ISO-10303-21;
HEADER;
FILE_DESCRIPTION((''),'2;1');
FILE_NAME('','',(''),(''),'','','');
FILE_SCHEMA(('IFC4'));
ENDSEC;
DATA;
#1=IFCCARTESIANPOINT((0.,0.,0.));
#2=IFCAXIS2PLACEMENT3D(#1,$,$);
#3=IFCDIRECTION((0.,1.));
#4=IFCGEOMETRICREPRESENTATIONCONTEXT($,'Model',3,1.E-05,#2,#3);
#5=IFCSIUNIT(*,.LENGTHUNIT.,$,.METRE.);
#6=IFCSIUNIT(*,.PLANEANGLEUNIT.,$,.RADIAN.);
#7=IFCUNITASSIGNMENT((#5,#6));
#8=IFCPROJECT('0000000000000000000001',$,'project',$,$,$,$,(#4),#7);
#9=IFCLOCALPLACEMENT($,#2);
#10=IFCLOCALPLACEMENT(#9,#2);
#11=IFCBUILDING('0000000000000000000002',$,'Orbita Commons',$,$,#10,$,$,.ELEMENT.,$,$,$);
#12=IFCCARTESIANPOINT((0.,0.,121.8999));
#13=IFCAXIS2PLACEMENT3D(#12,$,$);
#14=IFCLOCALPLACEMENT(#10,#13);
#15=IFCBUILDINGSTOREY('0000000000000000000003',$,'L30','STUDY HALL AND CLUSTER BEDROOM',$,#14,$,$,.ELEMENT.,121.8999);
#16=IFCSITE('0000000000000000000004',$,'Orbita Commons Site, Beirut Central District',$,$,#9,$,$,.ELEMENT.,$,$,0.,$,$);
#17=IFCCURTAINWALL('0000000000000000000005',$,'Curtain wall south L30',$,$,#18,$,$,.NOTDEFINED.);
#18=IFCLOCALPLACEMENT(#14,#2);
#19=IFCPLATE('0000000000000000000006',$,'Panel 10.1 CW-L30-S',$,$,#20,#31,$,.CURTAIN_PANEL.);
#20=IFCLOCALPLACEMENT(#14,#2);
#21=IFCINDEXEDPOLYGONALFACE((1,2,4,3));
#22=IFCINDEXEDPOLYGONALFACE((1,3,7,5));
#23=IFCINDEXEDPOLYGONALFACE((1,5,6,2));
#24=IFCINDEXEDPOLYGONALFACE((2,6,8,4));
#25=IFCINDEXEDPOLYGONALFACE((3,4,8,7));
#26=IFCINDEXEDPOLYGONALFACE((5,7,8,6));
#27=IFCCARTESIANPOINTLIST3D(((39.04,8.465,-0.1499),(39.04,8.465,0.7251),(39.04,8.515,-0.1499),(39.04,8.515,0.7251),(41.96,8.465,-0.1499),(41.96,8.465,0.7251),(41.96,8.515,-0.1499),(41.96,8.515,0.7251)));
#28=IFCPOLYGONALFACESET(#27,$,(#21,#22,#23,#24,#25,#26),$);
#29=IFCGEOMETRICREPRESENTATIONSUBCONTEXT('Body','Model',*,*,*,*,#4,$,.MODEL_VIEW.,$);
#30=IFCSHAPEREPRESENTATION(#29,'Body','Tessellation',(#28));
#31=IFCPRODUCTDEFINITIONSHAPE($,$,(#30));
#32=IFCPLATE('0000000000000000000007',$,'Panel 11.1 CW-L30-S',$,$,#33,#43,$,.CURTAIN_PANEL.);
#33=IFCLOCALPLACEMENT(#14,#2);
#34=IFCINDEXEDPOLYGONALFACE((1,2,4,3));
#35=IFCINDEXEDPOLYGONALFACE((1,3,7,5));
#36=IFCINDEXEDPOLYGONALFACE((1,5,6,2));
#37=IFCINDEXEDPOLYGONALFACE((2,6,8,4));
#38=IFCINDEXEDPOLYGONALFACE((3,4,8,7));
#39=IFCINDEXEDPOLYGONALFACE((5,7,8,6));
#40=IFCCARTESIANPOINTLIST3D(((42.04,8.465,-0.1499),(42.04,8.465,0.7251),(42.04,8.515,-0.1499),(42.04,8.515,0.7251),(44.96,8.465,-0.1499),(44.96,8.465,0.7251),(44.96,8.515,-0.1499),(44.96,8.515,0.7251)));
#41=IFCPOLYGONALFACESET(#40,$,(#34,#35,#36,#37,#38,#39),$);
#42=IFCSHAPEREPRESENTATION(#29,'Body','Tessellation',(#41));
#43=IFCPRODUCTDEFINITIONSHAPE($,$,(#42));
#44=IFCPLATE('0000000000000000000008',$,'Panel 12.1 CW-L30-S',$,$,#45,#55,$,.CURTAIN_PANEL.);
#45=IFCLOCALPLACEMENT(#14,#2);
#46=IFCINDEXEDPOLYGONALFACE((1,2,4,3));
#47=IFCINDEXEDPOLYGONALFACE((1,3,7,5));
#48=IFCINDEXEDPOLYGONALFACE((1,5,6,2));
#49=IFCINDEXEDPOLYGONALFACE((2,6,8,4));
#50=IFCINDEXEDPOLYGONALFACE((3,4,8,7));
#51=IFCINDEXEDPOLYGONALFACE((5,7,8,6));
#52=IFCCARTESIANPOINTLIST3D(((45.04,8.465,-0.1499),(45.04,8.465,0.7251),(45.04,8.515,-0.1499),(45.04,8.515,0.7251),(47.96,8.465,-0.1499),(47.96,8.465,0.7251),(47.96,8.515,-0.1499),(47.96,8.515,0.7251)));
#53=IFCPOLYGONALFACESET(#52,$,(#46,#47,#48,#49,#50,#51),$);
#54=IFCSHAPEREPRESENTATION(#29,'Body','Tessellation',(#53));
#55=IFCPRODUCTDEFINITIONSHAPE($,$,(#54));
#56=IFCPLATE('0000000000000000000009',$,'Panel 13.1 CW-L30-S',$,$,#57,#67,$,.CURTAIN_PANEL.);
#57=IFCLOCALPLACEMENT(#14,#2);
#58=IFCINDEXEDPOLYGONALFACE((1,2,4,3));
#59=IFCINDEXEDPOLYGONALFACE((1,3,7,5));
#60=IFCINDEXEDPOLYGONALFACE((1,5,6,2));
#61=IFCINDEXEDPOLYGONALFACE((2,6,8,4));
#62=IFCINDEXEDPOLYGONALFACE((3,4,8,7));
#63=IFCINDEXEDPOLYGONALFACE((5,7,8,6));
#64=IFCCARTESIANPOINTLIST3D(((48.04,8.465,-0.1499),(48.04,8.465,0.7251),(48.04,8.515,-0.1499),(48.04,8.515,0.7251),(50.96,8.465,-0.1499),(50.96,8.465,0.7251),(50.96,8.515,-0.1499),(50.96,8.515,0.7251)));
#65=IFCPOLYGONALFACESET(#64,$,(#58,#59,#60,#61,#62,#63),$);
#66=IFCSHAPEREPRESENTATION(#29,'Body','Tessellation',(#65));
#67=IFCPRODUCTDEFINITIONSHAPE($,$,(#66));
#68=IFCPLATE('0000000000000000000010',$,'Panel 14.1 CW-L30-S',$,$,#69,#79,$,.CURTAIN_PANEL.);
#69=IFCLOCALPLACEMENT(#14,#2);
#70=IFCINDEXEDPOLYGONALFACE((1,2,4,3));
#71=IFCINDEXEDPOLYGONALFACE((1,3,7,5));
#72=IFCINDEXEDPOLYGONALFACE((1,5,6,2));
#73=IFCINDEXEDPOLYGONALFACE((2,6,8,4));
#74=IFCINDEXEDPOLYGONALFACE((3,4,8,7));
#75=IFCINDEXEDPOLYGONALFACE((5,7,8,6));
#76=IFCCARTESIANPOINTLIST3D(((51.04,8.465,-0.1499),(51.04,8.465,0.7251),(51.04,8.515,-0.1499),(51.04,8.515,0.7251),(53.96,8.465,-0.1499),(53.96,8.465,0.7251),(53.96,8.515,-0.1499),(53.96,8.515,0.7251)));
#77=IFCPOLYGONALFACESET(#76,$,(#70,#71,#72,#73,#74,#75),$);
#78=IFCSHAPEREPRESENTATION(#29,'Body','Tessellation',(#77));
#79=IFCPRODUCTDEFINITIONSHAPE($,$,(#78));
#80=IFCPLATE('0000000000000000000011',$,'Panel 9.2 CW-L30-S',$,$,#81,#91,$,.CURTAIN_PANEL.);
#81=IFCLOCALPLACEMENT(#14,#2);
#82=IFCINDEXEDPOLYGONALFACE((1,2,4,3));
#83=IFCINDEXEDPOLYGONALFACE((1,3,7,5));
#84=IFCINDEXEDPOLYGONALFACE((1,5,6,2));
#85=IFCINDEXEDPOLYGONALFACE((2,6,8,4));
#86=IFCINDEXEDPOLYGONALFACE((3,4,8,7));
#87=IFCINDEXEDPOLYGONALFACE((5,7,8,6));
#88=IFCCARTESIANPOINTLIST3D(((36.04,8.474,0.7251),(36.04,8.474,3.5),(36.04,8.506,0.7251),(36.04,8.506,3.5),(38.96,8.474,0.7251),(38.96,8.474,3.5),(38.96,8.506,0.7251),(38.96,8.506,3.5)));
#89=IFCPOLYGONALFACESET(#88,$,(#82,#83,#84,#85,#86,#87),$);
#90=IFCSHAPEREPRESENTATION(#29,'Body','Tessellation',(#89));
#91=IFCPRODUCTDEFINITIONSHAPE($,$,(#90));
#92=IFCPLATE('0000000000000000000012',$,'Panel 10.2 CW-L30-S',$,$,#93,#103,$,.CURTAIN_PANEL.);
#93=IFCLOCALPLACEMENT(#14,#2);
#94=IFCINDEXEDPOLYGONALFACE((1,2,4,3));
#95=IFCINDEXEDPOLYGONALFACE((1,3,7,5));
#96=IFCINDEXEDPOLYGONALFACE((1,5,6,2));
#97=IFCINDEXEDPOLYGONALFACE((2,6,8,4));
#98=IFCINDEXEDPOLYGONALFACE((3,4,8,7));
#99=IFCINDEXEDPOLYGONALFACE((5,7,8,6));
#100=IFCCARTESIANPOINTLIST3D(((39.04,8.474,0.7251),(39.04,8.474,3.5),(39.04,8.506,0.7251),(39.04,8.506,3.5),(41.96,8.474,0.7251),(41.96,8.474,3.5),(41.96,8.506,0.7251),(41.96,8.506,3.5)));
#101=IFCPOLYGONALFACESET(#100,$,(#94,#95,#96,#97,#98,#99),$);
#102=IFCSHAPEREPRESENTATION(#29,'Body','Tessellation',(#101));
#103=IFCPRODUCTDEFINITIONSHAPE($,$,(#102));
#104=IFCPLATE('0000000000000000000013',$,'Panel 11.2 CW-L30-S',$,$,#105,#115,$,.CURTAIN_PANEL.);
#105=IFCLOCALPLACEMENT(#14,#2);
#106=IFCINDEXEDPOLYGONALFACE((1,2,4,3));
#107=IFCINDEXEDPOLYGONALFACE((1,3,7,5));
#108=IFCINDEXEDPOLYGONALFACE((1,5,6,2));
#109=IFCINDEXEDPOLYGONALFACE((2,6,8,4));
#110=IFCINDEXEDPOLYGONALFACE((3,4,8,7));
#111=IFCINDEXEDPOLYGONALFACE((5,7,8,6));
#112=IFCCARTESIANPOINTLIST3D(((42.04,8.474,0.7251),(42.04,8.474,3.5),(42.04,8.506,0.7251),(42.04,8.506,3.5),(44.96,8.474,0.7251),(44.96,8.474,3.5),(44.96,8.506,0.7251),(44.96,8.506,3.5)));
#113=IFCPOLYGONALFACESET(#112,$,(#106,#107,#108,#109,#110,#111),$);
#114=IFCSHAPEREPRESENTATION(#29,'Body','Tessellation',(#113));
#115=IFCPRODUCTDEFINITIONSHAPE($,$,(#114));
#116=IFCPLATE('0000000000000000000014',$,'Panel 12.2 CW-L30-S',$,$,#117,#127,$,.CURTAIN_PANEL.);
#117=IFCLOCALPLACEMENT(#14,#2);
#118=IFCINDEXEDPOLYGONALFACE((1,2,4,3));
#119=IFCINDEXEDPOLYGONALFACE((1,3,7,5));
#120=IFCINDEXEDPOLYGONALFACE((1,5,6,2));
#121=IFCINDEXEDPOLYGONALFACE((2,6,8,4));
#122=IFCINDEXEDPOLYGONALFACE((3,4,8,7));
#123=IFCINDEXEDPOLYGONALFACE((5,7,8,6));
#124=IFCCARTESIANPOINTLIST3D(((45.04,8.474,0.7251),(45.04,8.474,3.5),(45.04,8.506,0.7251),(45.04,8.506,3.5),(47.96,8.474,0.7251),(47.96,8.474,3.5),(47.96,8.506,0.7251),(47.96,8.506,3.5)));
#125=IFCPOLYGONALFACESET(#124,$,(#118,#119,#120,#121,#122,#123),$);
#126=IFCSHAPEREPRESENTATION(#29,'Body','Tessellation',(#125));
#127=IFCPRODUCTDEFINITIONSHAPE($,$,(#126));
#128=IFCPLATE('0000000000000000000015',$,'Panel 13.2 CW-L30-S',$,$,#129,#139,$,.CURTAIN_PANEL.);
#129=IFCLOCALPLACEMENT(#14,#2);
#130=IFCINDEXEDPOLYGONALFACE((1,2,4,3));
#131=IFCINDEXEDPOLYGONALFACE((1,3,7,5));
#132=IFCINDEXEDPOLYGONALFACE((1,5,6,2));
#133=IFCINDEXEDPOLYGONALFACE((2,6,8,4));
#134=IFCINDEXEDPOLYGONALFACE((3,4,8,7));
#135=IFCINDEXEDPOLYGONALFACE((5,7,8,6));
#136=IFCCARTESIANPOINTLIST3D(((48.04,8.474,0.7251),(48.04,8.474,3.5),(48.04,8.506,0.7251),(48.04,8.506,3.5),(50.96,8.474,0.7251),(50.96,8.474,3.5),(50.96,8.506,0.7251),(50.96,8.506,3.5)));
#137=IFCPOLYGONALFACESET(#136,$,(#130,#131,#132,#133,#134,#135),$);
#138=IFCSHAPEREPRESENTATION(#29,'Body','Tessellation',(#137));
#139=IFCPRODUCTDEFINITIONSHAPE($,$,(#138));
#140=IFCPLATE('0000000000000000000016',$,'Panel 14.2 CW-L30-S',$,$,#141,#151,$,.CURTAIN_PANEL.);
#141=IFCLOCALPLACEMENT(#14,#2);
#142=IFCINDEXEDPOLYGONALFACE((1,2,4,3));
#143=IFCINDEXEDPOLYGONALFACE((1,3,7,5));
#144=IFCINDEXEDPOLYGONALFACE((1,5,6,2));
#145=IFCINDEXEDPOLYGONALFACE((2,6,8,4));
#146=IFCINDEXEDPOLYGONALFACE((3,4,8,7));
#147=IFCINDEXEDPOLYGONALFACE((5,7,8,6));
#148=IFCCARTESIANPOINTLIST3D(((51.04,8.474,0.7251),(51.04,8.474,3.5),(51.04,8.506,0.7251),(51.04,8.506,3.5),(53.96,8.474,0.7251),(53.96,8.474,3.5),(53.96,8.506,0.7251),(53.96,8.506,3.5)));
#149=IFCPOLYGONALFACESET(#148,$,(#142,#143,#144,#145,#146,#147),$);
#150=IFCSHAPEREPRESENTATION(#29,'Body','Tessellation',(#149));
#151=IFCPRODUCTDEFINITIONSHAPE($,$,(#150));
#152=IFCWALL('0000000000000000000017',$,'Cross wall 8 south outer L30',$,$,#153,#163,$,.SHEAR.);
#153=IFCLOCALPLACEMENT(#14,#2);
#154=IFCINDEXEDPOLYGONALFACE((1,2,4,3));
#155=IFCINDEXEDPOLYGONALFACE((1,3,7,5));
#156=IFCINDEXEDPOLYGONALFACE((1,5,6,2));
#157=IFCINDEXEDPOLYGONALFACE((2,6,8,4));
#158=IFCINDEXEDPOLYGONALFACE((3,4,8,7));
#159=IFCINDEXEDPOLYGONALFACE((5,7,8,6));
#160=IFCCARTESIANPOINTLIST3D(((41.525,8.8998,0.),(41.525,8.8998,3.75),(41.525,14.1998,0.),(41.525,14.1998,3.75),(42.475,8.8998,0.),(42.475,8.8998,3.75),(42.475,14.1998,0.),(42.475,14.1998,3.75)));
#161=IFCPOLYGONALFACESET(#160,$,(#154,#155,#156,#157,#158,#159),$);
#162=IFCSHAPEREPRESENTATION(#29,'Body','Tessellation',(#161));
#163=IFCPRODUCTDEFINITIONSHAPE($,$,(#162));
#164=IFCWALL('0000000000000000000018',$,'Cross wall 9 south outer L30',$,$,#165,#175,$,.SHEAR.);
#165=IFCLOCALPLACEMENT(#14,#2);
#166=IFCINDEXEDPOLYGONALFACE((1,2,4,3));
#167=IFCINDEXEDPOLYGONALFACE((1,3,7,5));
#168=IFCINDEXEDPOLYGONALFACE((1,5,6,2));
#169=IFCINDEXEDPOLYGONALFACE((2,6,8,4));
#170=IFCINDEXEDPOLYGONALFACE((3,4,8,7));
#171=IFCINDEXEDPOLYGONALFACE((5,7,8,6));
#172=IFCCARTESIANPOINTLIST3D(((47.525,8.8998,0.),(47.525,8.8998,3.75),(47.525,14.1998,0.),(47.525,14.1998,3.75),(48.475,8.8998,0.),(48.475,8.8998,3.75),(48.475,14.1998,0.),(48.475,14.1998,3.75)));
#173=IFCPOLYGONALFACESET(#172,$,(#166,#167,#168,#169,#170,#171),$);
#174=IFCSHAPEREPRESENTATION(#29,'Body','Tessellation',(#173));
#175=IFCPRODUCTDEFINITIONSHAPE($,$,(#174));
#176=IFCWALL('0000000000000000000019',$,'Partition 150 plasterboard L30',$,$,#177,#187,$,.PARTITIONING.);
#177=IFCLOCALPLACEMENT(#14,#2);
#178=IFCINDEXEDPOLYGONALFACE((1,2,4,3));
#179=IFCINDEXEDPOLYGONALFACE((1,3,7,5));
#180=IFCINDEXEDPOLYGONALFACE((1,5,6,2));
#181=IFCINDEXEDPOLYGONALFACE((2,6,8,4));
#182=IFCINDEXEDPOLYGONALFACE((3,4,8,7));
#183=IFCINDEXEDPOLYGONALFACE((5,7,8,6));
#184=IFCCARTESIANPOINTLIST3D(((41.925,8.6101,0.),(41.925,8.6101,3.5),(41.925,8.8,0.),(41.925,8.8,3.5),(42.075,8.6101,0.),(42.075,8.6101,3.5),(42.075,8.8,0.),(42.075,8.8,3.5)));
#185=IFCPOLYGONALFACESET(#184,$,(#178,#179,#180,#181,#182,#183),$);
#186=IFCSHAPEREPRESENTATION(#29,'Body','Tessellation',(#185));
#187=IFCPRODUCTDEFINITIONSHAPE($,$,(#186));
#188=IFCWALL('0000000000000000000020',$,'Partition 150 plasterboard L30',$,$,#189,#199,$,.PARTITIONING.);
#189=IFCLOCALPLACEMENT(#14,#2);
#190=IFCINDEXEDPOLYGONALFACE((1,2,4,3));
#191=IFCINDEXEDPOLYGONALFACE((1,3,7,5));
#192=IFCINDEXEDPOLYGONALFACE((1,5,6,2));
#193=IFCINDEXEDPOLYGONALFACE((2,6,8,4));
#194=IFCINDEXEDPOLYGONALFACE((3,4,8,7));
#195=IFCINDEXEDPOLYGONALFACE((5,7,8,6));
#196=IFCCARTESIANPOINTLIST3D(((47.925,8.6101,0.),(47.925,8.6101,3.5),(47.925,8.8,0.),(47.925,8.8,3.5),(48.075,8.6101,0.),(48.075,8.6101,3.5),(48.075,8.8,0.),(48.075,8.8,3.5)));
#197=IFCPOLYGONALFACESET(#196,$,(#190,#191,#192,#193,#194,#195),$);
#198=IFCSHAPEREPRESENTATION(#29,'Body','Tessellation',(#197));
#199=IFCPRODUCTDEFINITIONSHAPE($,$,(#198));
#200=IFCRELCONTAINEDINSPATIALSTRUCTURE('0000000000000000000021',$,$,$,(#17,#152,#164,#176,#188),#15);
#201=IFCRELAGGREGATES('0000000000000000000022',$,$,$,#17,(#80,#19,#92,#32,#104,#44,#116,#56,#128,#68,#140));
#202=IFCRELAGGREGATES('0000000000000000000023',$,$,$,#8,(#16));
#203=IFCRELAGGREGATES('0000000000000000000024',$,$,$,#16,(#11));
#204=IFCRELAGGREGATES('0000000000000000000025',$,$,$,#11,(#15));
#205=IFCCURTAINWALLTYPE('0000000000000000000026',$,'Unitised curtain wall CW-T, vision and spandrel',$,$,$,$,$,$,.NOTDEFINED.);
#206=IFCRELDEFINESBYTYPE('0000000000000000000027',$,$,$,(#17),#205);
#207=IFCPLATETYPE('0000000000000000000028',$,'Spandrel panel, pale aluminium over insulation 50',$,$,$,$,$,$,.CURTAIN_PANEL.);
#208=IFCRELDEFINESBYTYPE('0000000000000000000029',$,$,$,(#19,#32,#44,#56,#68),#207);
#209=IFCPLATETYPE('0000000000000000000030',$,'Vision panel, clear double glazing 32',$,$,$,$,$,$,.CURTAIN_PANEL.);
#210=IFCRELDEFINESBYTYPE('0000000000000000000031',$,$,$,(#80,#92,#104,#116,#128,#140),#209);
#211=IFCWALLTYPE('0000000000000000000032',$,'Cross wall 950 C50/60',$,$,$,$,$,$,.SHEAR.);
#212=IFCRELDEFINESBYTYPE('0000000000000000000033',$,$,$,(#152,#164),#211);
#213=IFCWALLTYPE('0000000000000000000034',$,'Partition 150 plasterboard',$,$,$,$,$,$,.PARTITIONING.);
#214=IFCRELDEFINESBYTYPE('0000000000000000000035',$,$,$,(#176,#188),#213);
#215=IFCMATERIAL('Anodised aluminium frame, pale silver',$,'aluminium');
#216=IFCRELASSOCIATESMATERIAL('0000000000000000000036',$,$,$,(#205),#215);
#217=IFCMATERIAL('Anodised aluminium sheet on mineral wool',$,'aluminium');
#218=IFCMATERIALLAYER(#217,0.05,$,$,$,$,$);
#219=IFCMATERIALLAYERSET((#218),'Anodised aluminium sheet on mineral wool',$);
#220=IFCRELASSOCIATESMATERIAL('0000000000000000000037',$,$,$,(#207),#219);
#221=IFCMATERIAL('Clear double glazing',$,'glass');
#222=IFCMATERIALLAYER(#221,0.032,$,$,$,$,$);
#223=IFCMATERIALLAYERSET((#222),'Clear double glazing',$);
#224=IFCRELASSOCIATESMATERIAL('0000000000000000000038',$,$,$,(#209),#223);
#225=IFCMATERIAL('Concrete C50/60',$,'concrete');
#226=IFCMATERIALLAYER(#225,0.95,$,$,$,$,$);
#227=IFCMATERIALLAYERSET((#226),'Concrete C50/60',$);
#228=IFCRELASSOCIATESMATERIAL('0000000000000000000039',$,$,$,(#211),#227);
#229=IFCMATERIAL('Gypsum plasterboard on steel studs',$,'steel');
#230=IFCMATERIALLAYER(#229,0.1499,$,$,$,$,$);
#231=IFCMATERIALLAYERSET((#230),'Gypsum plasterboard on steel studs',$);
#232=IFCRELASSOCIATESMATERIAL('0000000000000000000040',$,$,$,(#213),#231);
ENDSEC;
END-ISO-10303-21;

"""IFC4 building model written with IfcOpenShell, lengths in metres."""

from ifc_helpers import new_model, si_unit, direction, frame, frame_2d, origin, origin_2d, place, context, subcontext, project, spatial, rectangle, extrude, material, layer, layer_set, type_object, element, aggregate, save


model = new_model("IFC4")

# Units and contexts
model_context = context("Model", 3, precision=1e-05, world=origin(), true_north=direction((0.0, 1.0)))
body_context = subcontext(model_context, "Body", "Model", "MODEL_VIEW")
ifc_project = project(units=[si_unit("LENGTHUNIT", "METRE"), si_unit("PLANEANGLEUNIT", "RADIAN")], contexts=[model_context])

# Site, building, storey
site_placement = place(None, origin())
site = spatial("IfcSite", under=ifc_project, at=site_placement, Name="Orbita Commons Site, Beirut Central District", CompositionType="ELEMENT", RefElevation=0.0)
building_placement = place(site_placement, origin())
building = spatial("IfcBuilding", under=site, at=building_placement, Name="Orbita Commons", CompositionType="ELEMENT")
storey_placement = place(building_placement, frame((0.0, 0.0, 121.8999)))
storey = spatial("IfcBuildingStorey", under=building, at=storey_placement, Name="L30", Description="STUDY HALL AND CLUSTER BEDROOM", CompositionType="ELEMENT", Elevation=121.8999)

# Curtain wall, plates
ifc_material_1 = material(Name="Anodised aluminium frame, pale silver", Category="aluminium")
curtain_wall_type = type_object("IfcCurtainWallType", Name="Unitised curtain wall CW-T, vision and spandrel", PredefinedType="NOTDEFINED", material=ifc_material_1)
curtain_wall_placement = place(storey_placement, origin())
curtain_wall = element("IfcCurtainWall", 1, at=curtain_wall_placement, inside=storey, type_object=curtain_wall_type, Name="Curtain wall south L30", PredefinedType="NOTDEFINED")
ifc_material_2 = material(Name="Anodised aluminium sheet on mineral wool", Category="aluminium")
ifc_layer_1 = layer(ifc_material_2, 0.05)
ifc_layer_set_1 = layer_set([ifc_layer_1], Name="Anodised aluminium sheet on mineral wool")
plate_type_1 = type_object("IfcPlateType", Name="Spandrel panel, pale aluminium over insulation 50", PredefinedType="CURTAIN_PANEL", material=ifc_layer_set_1)
plate_1_placement = place(storey_placement, frame((40.5, 8.49, -0.1499), z_axis=(0.0, 0.0, 1.0), x_axis=(1.0, 0.0, 0.0)))
plate_1 = element("IfcPlate", 2, at=plate_1_placement, type_object=plate_type_1, Name="Panel 10.1 CW-L30-S", PredefinedType="CURTAIN_PANEL", context=body_context, shape_type="SweptSolid", body=[
    extrude(rectangle(XDim=2.9199, YDim=0.05, at=origin_2d()), origin(), (0.0, 0.0, 1.0), 0.875),
])
plate_2_placement = place(storey_placement, frame((43.5, 8.49, -0.1499), z_axis=(0.0, 0.0, 1.0), x_axis=(1.0, 0.0, 0.0)))
plate_2 = element("IfcPlate", 3, at=plate_2_placement, type_object=plate_type_1, Name="Panel 11.1 CW-L30-S", PredefinedType="CURTAIN_PANEL", context=body_context, shape_type="SweptSolid", body=[
    extrude(rectangle(XDim=2.9199, YDim=0.05, at=origin_2d()), origin(), (0.0, 0.0, 1.0), 0.875),
])
plate_3_placement = place(storey_placement, frame((46.5, 8.49, -0.1499), z_axis=(0.0, 0.0, 1.0), x_axis=(1.0, 0.0, 0.0)))
plate_3 = element("IfcPlate", 4, at=plate_3_placement, type_object=plate_type_1, Name="Panel 12.1 CW-L30-S", PredefinedType="CURTAIN_PANEL", context=body_context, shape_type="SweptSolid", body=[
    extrude(rectangle(XDim=2.9199, YDim=0.05, at=origin_2d()), origin(), (0.0, 0.0, 1.0), 0.875),
])
plate_4_placement = place(storey_placement, frame((49.5, 8.49, -0.1499), z_axis=(0.0, 0.0, 1.0), x_axis=(1.0, 0.0, 0.0)))
plate_4 = element("IfcPlate", 5, at=plate_4_placement, type_object=plate_type_1, Name="Panel 13.1 CW-L30-S", PredefinedType="CURTAIN_PANEL", context=body_context, shape_type="SweptSolid", body=[
    extrude(rectangle(XDim=2.9199, YDim=0.05, at=origin_2d()), origin(), (0.0, 0.0, 1.0), 0.875),
])
plate_5_placement = place(storey_placement, frame((52.5, 8.49, -0.1499), z_axis=(0.0, 0.0, 1.0), x_axis=(1.0, 0.0, 0.0)))
plate_5 = element("IfcPlate", 6, at=plate_5_placement, type_object=plate_type_1, Name="Panel 14.1 CW-L30-S", PredefinedType="CURTAIN_PANEL", context=body_context, shape_type="SweptSolid", body=[
    extrude(rectangle(XDim=2.9199, YDim=0.05, at=origin_2d()), origin(), (0.0, 0.0, 1.0), 0.875),
])
ifc_material_3 = material(Name="Clear double glazing", Category="glass")
ifc_layer_2 = layer(ifc_material_3, 0.032)
ifc_layer_set_2 = layer_set([ifc_layer_2], Name="Clear double glazing")
plate_type_2 = type_object("IfcPlateType", Name="Vision panel, clear double glazing 32", PredefinedType="CURTAIN_PANEL", material=ifc_layer_set_2)
plate_6_placement = place(storey_placement, frame((37.5, 8.49, 0.7251), z_axis=(0.0, 0.0, 1.0), x_axis=(1.0, 0.0, 0.0)))
plate_6 = element("IfcPlate", 7, at=plate_6_placement, type_object=plate_type_2, Name="Panel 9.2 CW-L30-S", PredefinedType="CURTAIN_PANEL", context=body_context, shape_type="SweptSolid", body=[
    extrude(rectangle(XDim=2.9199, YDim=0.032, at=origin_2d()), origin(), (0.0, 0.0, 1.0), 2.7749),
])
plate_7_placement = place(storey_placement, frame((40.5, 8.49, 0.7251), z_axis=(0.0, 0.0, 1.0), x_axis=(1.0, 0.0, 0.0)))
plate_7 = element("IfcPlate", 8, at=plate_7_placement, type_object=plate_type_2, Name="Panel 10.2 CW-L30-S", PredefinedType="CURTAIN_PANEL", context=body_context, shape_type="SweptSolid", body=[
    extrude(rectangle(XDim=2.9199, YDim=0.032, at=origin_2d()), origin(), (0.0, 0.0, 1.0), 2.7749),
])
plate_8_placement = place(storey_placement, frame((43.5, 8.49, 0.7251), z_axis=(0.0, 0.0, 1.0), x_axis=(1.0, 0.0, 0.0)))
plate_8 = element("IfcPlate", 9, at=plate_8_placement, type_object=plate_type_2, Name="Panel 11.2 CW-L30-S", PredefinedType="CURTAIN_PANEL", context=body_context, shape_type="SweptSolid", body=[
    extrude(rectangle(XDim=2.9199, YDim=0.032, at=origin_2d()), origin(), (0.0, 0.0, 1.0), 2.7749),
])
plate_9_placement = place(storey_placement, frame((46.5, 8.49, 0.7251), z_axis=(0.0, 0.0, 1.0), x_axis=(1.0, 0.0, 0.0)))
plate_9 = element("IfcPlate", 10, at=plate_9_placement, type_object=plate_type_2, Name="Panel 12.2 CW-L30-S", PredefinedType="CURTAIN_PANEL", context=body_context, shape_type="SweptSolid", body=[
    extrude(rectangle(XDim=2.9199, YDim=0.032, at=origin_2d()), origin(), (0.0, 0.0, 1.0), 2.7749),
])
plate_10_placement = place(storey_placement, frame((49.5, 8.49, 0.7251), z_axis=(0.0, 0.0, 1.0), x_axis=(1.0, 0.0, 0.0)))
plate_10 = element("IfcPlate", 11, at=plate_10_placement, type_object=plate_type_2, Name="Panel 13.2 CW-L30-S", PredefinedType="CURTAIN_PANEL", context=body_context, shape_type="SweptSolid", body=[
    extrude(rectangle(XDim=2.9199, YDim=0.032, at=origin_2d()), origin(), (0.0, 0.0, 1.0), 2.7749),
])
plate_11_placement = place(storey_placement, frame((52.5, 8.49, 0.7251), z_axis=(0.0, 0.0, 1.0), x_axis=(1.0, 0.0, 0.0)))
plate_11 = element("IfcPlate", 12, at=plate_11_placement, type_object=plate_type_2, Name="Panel 14.2 CW-L30-S", PredefinedType="CURTAIN_PANEL", context=body_context, shape_type="SweptSolid", body=[
    extrude(rectangle(XDim=2.9199, YDim=0.032, at=origin_2d()), origin(), (0.0, 0.0, 1.0), 2.7749),
])
aggregate(curtain_wall, [plate_6, plate_1, plate_7, plate_2, plate_8, plate_3, plate_9, plate_4, plate_10, plate_5, plate_11])

# Walls
ifc_material_4 = material(Name="Concrete C50/60", Category="concrete")
ifc_layer_3 = layer(ifc_material_4, 0.95)
ifc_layer_set_3 = layer_set([ifc_layer_3], Name="Concrete C50/60")
wall_type_1 = type_object("IfcWallType", Name="Cross wall 950 C50/60", PredefinedType="SHEAR", material=ifc_layer_set_3)
for number, where, z_axis, x_axis, name in (
    (13, (42.0, 8.8999, 0.0), (0.0, 0.0, 1.0), (0.0, 1.0, 0.0), "Cross wall 8 south outer L30"),
    (14, (48.0, 8.8999, 0.0), (0.0, 0.0, 1.0), (0.0, 1.0, 0.0), "Cross wall 9 south outer L30"),
):
    element("IfcWall", number, at=place(storey_placement, frame(where, z_axis=z_axis, x_axis=x_axis)), inside=storey, type_object=wall_type_1, Name=name, PredefinedType="SHEAR", context=body_context, shape_type="SweptSolid", body=[
        extrude(rectangle(XDim=5.3, YDim=0.95, at=frame_2d((2.6499, 0.0))), origin(), (0.0, 0.0, 1.0), 3.75),
    ])
ifc_material_5 = material(Name="Gypsum plasterboard on steel studs", Category="steel")
ifc_layer_4 = layer(ifc_material_5, 0.1499)
ifc_layer_set_4 = layer_set([ifc_layer_4], Name="Gypsum plasterboard on steel studs")
wall_type_2 = type_object("IfcWallType", Name="Partition 150 plasterboard", PredefinedType="PARTITIONING", material=ifc_layer_set_4)
for number, where, z_axis, x_axis, name in (
    (15, (42.0, 8.8, 0.0), (0.0, 0.0, 1.0), (0.0, -1.0, 0.0), "Partition 150 plasterboard L30"),
    (16, (48.0, 8.8, 0.0), (0.0, 0.0, 1.0), (0.0, -1.0, 0.0), "Partition 150 plasterboard L30"),
):
    element("IfcWall", number, at=place(storey_placement, frame(where, z_axis=z_axis, x_axis=x_axis)), inside=storey, type_object=wall_type_2, Name=name, PredefinedType="PARTITIONING", context=body_context, shape_type="SweptSolid", body=[
        extrude(rectangle(XDim=0.1899, YDim=0.1499, at=frame_2d((0.095, 0.0))), origin(), (0.0, 0.0, 1.0), 3.5),
    ])

save(model, "model.ifc")
